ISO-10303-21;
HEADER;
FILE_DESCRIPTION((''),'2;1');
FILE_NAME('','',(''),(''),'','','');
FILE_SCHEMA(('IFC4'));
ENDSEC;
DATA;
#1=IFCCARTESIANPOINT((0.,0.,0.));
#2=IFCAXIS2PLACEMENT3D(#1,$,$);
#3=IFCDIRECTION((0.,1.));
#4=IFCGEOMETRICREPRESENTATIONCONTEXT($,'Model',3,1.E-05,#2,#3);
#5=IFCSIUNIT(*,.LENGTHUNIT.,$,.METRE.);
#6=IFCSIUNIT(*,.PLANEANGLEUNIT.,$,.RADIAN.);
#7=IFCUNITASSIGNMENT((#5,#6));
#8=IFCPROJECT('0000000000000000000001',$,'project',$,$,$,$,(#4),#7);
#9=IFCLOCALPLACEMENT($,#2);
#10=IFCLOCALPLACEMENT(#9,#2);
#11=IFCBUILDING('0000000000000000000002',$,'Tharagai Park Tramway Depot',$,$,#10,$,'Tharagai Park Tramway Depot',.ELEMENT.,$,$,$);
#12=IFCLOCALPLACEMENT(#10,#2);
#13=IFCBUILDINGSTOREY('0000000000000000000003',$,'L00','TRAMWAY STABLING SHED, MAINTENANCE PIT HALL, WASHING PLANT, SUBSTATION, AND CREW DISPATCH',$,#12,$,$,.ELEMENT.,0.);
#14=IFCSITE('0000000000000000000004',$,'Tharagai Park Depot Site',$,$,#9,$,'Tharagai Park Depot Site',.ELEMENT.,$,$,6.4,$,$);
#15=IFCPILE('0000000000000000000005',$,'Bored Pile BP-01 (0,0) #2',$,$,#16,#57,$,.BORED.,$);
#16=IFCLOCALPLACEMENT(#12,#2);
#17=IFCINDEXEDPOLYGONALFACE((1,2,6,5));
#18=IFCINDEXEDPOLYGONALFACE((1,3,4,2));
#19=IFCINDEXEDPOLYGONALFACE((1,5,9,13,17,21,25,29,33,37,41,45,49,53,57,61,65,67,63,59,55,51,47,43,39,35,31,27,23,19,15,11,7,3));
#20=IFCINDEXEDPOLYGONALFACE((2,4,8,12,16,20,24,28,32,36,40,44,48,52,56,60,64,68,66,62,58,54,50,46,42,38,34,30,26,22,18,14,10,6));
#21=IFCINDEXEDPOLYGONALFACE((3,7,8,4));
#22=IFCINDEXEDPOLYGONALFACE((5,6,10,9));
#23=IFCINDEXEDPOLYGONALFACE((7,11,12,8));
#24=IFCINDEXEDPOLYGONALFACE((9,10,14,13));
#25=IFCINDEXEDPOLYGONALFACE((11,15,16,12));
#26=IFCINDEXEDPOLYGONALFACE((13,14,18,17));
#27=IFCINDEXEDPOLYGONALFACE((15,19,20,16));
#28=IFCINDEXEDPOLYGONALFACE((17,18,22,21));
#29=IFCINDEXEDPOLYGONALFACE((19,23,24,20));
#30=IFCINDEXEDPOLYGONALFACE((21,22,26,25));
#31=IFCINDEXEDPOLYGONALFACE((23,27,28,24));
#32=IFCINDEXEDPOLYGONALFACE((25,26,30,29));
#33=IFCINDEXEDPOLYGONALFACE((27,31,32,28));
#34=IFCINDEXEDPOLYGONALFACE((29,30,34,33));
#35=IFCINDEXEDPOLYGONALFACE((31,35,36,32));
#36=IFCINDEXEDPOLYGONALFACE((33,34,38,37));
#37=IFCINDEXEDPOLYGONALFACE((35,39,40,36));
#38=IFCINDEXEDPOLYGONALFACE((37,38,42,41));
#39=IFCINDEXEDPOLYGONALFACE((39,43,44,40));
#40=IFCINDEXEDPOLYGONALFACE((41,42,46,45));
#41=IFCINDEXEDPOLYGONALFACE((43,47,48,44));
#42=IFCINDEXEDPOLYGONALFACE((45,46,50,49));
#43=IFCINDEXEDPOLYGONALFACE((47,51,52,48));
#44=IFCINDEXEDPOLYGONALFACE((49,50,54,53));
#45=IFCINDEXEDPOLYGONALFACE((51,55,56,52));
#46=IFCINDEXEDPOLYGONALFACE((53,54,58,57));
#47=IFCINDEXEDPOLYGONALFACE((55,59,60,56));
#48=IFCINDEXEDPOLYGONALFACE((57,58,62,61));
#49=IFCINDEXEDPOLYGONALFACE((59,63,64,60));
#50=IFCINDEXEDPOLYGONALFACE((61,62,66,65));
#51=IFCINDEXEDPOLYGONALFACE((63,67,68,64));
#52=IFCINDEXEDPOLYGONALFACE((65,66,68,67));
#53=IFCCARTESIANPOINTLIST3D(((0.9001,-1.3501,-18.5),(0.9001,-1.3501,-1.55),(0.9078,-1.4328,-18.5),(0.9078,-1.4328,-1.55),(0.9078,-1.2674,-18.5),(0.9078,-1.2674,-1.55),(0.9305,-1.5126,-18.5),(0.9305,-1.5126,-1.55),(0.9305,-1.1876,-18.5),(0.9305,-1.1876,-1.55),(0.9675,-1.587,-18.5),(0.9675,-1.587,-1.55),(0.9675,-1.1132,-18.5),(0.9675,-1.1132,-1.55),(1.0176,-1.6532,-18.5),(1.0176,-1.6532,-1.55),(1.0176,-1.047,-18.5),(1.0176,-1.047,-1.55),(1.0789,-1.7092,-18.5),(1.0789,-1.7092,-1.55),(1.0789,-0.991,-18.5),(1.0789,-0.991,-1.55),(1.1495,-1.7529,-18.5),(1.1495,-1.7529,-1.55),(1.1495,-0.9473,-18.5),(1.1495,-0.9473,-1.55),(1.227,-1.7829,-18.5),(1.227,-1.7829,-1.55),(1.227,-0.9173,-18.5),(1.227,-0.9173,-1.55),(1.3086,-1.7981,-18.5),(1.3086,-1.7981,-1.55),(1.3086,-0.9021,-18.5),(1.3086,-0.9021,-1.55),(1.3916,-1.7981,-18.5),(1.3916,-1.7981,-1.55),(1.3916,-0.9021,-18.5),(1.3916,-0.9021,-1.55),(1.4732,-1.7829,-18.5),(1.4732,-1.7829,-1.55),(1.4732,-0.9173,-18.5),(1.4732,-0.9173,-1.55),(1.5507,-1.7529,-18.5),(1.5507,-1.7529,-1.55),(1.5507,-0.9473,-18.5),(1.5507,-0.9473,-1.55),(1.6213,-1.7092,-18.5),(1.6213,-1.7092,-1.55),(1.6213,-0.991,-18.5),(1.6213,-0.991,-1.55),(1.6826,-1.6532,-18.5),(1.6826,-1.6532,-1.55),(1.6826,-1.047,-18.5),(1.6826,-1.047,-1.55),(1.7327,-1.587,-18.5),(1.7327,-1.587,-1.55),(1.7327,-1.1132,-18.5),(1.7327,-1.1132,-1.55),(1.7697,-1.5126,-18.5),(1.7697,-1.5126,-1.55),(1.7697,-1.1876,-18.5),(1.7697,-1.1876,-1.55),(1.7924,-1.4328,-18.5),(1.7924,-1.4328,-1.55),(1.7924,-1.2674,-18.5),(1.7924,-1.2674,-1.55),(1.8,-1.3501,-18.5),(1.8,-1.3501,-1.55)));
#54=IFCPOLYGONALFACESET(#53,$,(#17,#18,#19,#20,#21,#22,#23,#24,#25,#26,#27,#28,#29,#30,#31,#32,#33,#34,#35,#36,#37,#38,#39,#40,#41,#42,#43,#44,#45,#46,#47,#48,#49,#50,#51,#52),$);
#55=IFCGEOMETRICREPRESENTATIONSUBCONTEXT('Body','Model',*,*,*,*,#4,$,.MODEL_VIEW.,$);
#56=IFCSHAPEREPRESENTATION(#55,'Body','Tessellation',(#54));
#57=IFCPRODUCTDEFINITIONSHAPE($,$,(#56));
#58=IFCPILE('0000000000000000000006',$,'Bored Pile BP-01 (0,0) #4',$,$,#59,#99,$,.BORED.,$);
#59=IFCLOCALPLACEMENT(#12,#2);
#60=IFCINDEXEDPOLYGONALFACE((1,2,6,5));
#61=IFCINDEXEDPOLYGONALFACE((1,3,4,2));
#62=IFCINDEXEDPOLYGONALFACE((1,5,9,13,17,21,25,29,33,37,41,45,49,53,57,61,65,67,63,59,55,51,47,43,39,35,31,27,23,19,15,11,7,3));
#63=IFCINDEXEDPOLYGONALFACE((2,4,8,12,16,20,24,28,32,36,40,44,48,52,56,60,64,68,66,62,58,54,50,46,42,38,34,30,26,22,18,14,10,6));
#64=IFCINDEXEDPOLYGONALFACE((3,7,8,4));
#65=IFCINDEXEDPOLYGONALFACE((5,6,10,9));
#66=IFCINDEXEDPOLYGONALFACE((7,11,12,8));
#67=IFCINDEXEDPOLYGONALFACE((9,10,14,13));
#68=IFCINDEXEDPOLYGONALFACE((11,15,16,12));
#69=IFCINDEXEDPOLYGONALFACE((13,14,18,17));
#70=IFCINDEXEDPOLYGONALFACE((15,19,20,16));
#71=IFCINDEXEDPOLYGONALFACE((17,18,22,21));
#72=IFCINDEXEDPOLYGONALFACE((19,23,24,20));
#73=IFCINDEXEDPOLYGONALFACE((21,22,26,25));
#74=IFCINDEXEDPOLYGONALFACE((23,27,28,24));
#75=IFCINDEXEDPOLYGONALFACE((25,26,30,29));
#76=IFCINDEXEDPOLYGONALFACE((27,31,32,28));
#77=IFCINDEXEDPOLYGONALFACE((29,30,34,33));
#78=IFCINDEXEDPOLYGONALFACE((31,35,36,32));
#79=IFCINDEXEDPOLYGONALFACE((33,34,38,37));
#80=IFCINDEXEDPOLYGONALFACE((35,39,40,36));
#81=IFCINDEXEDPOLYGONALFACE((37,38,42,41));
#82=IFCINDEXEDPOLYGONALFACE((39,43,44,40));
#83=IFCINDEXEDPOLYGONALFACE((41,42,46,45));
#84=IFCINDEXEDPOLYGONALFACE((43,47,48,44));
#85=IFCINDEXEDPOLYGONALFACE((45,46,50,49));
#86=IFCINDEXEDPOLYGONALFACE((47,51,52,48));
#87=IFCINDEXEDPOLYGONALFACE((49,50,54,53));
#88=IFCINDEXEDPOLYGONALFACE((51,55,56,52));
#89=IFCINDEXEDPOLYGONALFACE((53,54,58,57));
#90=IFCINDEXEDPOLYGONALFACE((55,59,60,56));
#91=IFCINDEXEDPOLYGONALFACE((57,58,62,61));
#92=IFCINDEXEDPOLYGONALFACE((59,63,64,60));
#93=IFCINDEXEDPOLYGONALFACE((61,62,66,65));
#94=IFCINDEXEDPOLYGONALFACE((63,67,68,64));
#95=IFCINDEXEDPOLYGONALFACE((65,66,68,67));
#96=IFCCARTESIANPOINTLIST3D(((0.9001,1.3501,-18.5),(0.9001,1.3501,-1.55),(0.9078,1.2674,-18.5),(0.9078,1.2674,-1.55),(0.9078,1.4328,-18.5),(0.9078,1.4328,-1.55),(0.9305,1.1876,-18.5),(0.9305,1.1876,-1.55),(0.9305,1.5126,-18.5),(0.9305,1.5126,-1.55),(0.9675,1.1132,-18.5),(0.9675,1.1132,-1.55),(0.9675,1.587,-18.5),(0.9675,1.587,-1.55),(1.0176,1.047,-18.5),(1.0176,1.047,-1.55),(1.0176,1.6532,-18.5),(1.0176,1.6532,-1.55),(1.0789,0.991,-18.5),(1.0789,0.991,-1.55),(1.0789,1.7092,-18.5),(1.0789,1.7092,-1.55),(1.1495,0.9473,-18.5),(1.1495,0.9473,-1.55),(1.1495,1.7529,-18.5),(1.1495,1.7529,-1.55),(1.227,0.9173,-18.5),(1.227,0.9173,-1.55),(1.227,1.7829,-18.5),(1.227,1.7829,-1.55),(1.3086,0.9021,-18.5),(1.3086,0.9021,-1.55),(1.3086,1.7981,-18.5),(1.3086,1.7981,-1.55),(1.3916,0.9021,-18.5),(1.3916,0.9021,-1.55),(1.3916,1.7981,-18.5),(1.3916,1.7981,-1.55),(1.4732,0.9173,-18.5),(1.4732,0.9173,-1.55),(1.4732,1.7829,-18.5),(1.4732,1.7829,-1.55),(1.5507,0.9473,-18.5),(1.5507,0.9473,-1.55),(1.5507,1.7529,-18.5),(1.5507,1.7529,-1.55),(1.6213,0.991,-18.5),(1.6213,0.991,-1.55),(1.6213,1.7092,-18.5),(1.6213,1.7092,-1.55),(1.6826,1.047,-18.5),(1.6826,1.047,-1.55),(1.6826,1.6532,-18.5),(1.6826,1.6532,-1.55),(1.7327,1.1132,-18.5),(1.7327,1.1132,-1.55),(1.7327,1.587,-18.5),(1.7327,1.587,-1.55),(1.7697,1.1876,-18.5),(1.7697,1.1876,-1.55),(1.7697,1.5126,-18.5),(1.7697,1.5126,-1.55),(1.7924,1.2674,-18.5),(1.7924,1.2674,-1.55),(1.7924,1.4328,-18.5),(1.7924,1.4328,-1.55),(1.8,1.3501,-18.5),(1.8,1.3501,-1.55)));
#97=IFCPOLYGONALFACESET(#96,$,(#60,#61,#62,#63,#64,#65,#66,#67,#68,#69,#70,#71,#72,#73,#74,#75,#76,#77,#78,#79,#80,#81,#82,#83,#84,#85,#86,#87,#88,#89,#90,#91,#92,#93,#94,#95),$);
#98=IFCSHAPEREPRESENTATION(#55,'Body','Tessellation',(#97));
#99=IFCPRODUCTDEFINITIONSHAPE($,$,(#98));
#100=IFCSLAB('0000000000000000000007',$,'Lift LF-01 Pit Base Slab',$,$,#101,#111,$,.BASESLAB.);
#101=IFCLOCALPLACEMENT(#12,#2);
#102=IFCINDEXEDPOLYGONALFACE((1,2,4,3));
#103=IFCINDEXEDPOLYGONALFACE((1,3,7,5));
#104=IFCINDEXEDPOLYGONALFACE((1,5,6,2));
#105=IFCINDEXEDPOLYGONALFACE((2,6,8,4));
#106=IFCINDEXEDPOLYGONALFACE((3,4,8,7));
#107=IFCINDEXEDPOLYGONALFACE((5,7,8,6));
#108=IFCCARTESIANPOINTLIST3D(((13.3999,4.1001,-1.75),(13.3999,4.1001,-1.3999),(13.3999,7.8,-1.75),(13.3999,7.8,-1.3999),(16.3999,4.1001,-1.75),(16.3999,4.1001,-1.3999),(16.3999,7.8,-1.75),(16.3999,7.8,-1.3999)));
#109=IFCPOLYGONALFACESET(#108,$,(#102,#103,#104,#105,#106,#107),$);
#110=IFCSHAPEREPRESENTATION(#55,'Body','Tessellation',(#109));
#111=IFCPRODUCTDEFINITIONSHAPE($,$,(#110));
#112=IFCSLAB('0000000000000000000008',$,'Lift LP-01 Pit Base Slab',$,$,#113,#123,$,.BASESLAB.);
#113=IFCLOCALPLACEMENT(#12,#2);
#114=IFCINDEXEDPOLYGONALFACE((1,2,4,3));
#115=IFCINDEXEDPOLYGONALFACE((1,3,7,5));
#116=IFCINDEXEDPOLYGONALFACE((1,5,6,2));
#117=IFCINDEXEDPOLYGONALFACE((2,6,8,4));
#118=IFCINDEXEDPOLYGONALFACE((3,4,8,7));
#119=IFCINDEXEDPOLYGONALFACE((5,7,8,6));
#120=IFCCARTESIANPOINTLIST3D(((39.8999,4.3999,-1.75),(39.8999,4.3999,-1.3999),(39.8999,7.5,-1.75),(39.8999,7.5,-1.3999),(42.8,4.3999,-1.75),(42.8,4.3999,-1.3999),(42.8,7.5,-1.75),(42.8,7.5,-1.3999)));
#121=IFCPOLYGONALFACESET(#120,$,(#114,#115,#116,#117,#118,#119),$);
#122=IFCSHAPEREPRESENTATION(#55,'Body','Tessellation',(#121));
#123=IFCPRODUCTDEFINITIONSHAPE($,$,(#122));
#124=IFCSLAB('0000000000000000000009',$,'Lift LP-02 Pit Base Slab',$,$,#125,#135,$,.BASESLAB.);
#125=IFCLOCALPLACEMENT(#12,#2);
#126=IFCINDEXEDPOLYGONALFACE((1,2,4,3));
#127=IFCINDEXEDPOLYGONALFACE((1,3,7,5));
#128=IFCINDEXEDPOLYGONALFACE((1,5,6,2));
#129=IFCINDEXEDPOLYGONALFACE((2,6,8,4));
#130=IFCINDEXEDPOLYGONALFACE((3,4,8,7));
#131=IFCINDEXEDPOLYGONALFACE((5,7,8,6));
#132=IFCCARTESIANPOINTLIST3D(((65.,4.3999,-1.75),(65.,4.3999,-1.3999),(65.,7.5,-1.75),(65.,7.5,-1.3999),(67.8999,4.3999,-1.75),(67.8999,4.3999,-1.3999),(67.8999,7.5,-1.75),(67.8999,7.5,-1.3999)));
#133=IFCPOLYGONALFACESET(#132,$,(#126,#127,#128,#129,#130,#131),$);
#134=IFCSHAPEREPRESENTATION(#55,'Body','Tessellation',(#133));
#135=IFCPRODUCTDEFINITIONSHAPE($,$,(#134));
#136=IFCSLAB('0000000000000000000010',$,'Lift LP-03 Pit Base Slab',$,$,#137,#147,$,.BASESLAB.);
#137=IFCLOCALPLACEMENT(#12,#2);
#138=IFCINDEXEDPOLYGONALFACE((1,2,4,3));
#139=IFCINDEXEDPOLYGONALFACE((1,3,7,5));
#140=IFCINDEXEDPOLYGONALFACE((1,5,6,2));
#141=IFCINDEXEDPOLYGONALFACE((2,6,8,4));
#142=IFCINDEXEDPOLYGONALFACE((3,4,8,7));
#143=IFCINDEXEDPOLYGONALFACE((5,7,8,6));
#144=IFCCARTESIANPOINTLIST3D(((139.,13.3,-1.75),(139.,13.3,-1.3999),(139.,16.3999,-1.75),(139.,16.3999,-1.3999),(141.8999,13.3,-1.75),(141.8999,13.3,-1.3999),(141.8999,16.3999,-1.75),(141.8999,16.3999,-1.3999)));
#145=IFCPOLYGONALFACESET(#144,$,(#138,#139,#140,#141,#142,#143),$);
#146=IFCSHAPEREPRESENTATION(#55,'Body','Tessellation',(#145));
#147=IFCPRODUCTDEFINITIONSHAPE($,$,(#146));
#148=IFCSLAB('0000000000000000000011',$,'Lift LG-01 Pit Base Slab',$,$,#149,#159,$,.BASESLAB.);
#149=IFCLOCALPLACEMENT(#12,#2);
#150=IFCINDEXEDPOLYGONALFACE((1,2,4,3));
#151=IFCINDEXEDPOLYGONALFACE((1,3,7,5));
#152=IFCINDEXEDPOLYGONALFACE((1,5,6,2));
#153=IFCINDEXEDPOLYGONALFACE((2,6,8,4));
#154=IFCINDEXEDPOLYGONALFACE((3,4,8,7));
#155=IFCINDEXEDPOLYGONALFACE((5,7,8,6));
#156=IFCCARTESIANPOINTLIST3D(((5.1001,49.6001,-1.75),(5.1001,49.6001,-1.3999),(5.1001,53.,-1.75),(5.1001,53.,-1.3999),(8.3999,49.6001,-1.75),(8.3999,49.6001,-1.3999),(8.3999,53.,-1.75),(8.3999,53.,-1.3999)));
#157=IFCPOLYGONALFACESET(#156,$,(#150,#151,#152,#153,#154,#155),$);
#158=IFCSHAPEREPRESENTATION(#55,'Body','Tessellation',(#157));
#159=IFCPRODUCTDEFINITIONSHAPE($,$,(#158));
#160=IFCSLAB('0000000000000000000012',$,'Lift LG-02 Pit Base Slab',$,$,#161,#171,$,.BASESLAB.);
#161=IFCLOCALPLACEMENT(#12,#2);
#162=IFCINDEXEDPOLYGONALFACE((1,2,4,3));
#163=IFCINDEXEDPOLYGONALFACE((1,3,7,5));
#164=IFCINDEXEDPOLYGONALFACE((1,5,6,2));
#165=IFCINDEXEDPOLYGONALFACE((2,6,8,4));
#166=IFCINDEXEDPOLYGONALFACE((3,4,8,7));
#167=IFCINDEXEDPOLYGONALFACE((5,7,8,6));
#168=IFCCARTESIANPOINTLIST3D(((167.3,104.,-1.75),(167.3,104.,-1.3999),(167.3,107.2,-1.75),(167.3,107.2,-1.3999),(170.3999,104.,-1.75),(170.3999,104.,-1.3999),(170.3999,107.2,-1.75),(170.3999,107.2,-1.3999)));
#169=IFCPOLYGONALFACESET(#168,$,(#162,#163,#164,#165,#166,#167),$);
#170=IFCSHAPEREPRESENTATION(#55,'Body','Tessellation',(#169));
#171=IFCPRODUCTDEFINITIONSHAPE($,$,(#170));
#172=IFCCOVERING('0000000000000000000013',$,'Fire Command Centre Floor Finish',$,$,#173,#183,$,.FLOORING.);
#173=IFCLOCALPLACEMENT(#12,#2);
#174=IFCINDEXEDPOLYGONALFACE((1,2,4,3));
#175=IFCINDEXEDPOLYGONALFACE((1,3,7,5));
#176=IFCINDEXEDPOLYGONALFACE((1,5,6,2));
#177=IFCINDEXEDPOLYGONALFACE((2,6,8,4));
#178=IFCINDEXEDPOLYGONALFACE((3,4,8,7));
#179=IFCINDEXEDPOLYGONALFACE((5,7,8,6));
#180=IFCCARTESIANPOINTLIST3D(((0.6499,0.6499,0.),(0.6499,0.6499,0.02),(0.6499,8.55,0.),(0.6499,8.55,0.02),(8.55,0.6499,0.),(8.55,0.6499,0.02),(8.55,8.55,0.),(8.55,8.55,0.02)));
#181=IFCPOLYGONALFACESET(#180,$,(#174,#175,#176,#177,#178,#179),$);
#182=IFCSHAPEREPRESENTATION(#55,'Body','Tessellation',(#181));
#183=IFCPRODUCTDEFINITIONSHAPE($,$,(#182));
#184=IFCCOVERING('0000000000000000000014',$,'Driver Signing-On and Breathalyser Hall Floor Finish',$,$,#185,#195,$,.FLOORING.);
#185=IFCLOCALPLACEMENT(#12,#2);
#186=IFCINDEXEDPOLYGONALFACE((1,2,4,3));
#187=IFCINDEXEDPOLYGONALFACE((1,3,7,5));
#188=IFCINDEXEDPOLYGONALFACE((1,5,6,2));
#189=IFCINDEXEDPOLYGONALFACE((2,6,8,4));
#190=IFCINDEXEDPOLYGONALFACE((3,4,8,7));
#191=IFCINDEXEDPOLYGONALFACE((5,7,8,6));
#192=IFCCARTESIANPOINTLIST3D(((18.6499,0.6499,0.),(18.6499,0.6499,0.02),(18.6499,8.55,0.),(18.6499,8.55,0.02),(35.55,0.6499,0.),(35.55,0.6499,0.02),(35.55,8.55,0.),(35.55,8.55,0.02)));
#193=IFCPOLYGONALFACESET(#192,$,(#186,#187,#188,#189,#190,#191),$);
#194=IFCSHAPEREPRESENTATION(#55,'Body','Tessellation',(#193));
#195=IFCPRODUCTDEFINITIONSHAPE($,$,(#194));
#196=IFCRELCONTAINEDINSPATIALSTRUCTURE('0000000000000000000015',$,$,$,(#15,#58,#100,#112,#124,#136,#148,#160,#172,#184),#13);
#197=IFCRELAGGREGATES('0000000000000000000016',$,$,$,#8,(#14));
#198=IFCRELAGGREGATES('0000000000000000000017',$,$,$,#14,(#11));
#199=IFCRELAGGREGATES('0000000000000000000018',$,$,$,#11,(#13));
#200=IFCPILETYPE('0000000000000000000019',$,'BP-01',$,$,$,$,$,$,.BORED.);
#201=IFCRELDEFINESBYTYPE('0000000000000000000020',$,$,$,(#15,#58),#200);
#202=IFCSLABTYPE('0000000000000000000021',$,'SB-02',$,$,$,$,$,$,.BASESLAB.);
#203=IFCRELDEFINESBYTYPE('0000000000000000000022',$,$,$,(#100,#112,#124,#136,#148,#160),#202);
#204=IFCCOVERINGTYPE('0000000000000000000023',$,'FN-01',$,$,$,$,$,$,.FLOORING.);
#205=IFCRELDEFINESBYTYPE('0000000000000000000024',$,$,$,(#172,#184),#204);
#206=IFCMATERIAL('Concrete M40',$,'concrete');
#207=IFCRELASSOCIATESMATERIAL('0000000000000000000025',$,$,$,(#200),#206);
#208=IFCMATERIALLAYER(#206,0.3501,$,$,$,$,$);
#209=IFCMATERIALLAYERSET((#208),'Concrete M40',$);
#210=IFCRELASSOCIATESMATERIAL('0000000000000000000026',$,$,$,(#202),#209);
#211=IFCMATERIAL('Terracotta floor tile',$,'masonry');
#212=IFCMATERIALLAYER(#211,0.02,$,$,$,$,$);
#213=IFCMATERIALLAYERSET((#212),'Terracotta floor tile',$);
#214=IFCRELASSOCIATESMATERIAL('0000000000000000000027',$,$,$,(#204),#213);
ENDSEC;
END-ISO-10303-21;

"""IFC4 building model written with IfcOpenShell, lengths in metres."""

from ifc_helpers import new_model, si_unit, direction, frame, origin, origin_2d, place, context, subcontext, project, spatial, polyline, circle, outline, extrude, material, layer, layer_set, material_profile, profile_set, type_object, element, save


model = new_model("IFC4")

# Units and contexts
model_context = context("Model", 3, precision=1e-05, world=origin(), true_north=direction((0.0, 1.0)))
body_context = subcontext(model_context, "Body", "Model", "MODEL_VIEW")
ifc_project = project(units=[si_unit("LENGTHUNIT", "METRE"), si_unit("PLANEANGLEUNIT", "RADIAN")], contexts=[model_context])

# Site, building, storey
site_placement = place(None, origin())
site = spatial("IfcSite", under=ifc_project, at=site_placement, Name="Tharagai Park Depot Site", LongName="Tharagai Park Depot Site", CompositionType="ELEMENT", RefElevation=6.4)
building_placement = place(site_placement, origin())
building = spatial("IfcBuilding", under=site, at=building_placement, Name="Tharagai Park Tramway Depot", LongName="Tharagai Park Tramway Depot", CompositionType="ELEMENT")
storey_placement = place(building_placement, origin())
storey = spatial("IfcBuildingStorey", under=building, at=storey_placement, Name="L00", Description="TRAMWAY STABLING SHED, MAINTENANCE PIT HALL, WASHING PLANT, SUBSTATION, AND CREW DISPATCH", CompositionType="ELEMENT", Elevation=0.0)

# Piles
ifc_material_1 = material(Name="Concrete M40", Category="concrete")
ifc_material_profile = material_profile(ifc_material_1, circle(Radius=0.45, at=origin_2d()), Name="PILE D900")
ifc_profile_set = profile_set([ifc_material_profile], Name="Concrete M40")
pile_type = type_object("IfcPileType", Name="BP-01", PredefinedType="BORED", material=ifc_profile_set)
for number, where, z_axis, x_axis, name in (
    (1, (1.3501, -1.3501, -1.55), (0.0, 0.0, -1.0), (1.0, 0.0, 0.0), "Bored Pile BP-01 (0,0) #2"),
    (2, (1.3501, 1.3501, -1.55), (0.0, 0.0, -1.0), (1.0, 0.0, 0.0), "Bored Pile BP-01 (0,0) #4"),
):
    element("IfcPile", number, at=place(storey_placement, frame(where, z_axis=z_axis, x_axis=x_axis)), inside=storey, type_object=pile_type, Name=name, PredefinedType="BORED", context=body_context, shape_type="SweptSolid", body=[
        extrude(circle(Radius=0.45, at=origin_2d()), origin(), (0.0, 0.0, 1.0), 16.95),
    ])

# Slabs
ifc_layer_1 = layer(ifc_material_1, 0.3501)
ifc_layer_set_1 = layer_set([ifc_layer_1], Name="Concrete M40")
slab_type = type_object("IfcSlabType", Name="SB-02", PredefinedType="BASESLAB", material=ifc_layer_set_1)
slab_1_placement = place(storey_placement, frame((0.0, 0.0, -1.75)))
element("IfcSlab", 3, at=slab_1_placement, inside=storey, type_object=slab_type, Name="Lift LF-01 Pit Base Slab", PredefinedType="BASESLAB", context=body_context, shape_type="SweptSolid", body=[
    extrude(outline(polyline([(13.3999, 4.1001), (16.3999, 4.1001), (16.3999, 7.8), (13.3999, 7.8), (13.3999, 4.1001)])), origin(), (0.0, 0.0, 1.0), 0.3501),
])
slab_2_placement = place(storey_placement, frame((0.0, 0.0, -1.75)))
element("IfcSlab", 4, at=slab_2_placement, inside=storey, type_object=slab_type, Name="Lift LP-01 Pit Base Slab", PredefinedType="BASESLAB", context=body_context, shape_type="SweptSolid", body=[
    extrude(outline(polyline([(39.8999, 4.3999), (42.8, 4.3999), (42.8, 7.5), (39.8999, 7.5), (39.8999, 4.3999)])), origin(), (0.0, 0.0, 1.0), 0.3501),
])
slab_3_placement = place(storey_placement, frame((0.0, 0.0, -1.75)))
element("IfcSlab", 5, at=slab_3_placement, inside=storey, type_object=slab_type, Name="Lift LP-02 Pit Base Slab", PredefinedType="BASESLAB", context=body_context, shape_type="SweptSolid", body=[
    extrude(outline(polyline([(65.0, 4.3999), (67.8999, 4.3999), (67.8999, 7.5), (65.0, 7.5), (65.0, 4.3999)])), origin(), (0.0, 0.0, 1.0), 0.3501),
])
slab_4_placement = place(storey_placement, frame((0.0, 0.0, -1.75)))
element("IfcSlab", 6, at=slab_4_placement, inside=storey, type_object=slab_type, Name="Lift LP-03 Pit Base Slab", PredefinedType="BASESLAB", context=body_context, shape_type="SweptSolid", body=[
    extrude(outline(polyline([(139.0, 13.3), (141.8999, 13.3), (141.8999, 16.3999), (139.0, 16.3999), (139.0, 13.3)])), origin(), (0.0, 0.0, 1.0), 0.3501),
])
slab_5_placement = place(storey_placement, frame((0.0, 0.0, -1.75)))
element("IfcSlab", 7, at=slab_5_placement, inside=storey, type_object=slab_type, Name="Lift LG-01 Pit Base Slab", PredefinedType="BASESLAB", context=body_context, shape_type="SweptSolid", body=[
    extrude(outline(polyline([(5.1001, 49.6001), (8.3999, 49.6001), (8.3999, 53.0), (5.1001, 53.0), (5.1001, 49.6001)])), origin(), (0.0, 0.0, 1.0), 0.3501),
])
slab_6_placement = place(storey_placement, frame((0.0, 0.0, -1.75)))
element("IfcSlab", 8, at=slab_6_placement, inside=storey, type_object=slab_type, Name="Lift LG-02 Pit Base Slab", PredefinedType="BASESLAB", context=body_context, shape_type="SweptSolid", body=[
    extrude(outline(polyline([(167.3, 104.0), (170.3999, 104.0), (170.3999, 107.2), (167.3, 107.2), (167.3, 104.0)])), origin(), (0.0, 0.0, 1.0), 0.3501),
])

# Coverings
ifc_material_2 = material(Name="Terracotta floor tile", Category="masonry")
ifc_layer_2 = layer(ifc_material_2, 0.02)
ifc_layer_set_2 = layer_set([ifc_layer_2], Name="Terracotta floor tile")
covering_type_1 = type_object("IfcCoveringType", Name="FN-01", PredefinedType="FLOORING", material=ifc_layer_set_2)
covering_1_placement = place(storey_placement, origin())
element("IfcCovering", 9, at=covering_1_placement, inside=storey, type_object=covering_type_1, Name="Fire Command Centre Floor Finish", PredefinedType="FLOORING", context=body_context, shape_type="SweptSolid", body=[
    extrude(outline(polyline([(0.6499, 0.6499), (8.55, 0.6499), (8.55, 8.55), (0.6499, 8.55), (0.6499, 0.6499)])), origin(), (0.0, 0.0, 1.0), 0.02),
])
covering_2_placement = place(storey_placement, origin())
element("IfcCovering", 10, at=covering_2_placement, inside=storey, type_object=covering_type_1, Name="Driver Signing-On and Breathalyser Hall Floor Finish", PredefinedType="FLOORING", context=body_context, shape_type="SweptSolid", body=[
    extrude(outline(polyline([(18.6499, 0.6499), (35.55, 0.6499), (35.55, 8.55), (18.6499, 8.55), (18.6499, 0.6499)])), origin(), (0.0, 0.0, 1.0), 0.02),
])

save(model, "model.ifc")
